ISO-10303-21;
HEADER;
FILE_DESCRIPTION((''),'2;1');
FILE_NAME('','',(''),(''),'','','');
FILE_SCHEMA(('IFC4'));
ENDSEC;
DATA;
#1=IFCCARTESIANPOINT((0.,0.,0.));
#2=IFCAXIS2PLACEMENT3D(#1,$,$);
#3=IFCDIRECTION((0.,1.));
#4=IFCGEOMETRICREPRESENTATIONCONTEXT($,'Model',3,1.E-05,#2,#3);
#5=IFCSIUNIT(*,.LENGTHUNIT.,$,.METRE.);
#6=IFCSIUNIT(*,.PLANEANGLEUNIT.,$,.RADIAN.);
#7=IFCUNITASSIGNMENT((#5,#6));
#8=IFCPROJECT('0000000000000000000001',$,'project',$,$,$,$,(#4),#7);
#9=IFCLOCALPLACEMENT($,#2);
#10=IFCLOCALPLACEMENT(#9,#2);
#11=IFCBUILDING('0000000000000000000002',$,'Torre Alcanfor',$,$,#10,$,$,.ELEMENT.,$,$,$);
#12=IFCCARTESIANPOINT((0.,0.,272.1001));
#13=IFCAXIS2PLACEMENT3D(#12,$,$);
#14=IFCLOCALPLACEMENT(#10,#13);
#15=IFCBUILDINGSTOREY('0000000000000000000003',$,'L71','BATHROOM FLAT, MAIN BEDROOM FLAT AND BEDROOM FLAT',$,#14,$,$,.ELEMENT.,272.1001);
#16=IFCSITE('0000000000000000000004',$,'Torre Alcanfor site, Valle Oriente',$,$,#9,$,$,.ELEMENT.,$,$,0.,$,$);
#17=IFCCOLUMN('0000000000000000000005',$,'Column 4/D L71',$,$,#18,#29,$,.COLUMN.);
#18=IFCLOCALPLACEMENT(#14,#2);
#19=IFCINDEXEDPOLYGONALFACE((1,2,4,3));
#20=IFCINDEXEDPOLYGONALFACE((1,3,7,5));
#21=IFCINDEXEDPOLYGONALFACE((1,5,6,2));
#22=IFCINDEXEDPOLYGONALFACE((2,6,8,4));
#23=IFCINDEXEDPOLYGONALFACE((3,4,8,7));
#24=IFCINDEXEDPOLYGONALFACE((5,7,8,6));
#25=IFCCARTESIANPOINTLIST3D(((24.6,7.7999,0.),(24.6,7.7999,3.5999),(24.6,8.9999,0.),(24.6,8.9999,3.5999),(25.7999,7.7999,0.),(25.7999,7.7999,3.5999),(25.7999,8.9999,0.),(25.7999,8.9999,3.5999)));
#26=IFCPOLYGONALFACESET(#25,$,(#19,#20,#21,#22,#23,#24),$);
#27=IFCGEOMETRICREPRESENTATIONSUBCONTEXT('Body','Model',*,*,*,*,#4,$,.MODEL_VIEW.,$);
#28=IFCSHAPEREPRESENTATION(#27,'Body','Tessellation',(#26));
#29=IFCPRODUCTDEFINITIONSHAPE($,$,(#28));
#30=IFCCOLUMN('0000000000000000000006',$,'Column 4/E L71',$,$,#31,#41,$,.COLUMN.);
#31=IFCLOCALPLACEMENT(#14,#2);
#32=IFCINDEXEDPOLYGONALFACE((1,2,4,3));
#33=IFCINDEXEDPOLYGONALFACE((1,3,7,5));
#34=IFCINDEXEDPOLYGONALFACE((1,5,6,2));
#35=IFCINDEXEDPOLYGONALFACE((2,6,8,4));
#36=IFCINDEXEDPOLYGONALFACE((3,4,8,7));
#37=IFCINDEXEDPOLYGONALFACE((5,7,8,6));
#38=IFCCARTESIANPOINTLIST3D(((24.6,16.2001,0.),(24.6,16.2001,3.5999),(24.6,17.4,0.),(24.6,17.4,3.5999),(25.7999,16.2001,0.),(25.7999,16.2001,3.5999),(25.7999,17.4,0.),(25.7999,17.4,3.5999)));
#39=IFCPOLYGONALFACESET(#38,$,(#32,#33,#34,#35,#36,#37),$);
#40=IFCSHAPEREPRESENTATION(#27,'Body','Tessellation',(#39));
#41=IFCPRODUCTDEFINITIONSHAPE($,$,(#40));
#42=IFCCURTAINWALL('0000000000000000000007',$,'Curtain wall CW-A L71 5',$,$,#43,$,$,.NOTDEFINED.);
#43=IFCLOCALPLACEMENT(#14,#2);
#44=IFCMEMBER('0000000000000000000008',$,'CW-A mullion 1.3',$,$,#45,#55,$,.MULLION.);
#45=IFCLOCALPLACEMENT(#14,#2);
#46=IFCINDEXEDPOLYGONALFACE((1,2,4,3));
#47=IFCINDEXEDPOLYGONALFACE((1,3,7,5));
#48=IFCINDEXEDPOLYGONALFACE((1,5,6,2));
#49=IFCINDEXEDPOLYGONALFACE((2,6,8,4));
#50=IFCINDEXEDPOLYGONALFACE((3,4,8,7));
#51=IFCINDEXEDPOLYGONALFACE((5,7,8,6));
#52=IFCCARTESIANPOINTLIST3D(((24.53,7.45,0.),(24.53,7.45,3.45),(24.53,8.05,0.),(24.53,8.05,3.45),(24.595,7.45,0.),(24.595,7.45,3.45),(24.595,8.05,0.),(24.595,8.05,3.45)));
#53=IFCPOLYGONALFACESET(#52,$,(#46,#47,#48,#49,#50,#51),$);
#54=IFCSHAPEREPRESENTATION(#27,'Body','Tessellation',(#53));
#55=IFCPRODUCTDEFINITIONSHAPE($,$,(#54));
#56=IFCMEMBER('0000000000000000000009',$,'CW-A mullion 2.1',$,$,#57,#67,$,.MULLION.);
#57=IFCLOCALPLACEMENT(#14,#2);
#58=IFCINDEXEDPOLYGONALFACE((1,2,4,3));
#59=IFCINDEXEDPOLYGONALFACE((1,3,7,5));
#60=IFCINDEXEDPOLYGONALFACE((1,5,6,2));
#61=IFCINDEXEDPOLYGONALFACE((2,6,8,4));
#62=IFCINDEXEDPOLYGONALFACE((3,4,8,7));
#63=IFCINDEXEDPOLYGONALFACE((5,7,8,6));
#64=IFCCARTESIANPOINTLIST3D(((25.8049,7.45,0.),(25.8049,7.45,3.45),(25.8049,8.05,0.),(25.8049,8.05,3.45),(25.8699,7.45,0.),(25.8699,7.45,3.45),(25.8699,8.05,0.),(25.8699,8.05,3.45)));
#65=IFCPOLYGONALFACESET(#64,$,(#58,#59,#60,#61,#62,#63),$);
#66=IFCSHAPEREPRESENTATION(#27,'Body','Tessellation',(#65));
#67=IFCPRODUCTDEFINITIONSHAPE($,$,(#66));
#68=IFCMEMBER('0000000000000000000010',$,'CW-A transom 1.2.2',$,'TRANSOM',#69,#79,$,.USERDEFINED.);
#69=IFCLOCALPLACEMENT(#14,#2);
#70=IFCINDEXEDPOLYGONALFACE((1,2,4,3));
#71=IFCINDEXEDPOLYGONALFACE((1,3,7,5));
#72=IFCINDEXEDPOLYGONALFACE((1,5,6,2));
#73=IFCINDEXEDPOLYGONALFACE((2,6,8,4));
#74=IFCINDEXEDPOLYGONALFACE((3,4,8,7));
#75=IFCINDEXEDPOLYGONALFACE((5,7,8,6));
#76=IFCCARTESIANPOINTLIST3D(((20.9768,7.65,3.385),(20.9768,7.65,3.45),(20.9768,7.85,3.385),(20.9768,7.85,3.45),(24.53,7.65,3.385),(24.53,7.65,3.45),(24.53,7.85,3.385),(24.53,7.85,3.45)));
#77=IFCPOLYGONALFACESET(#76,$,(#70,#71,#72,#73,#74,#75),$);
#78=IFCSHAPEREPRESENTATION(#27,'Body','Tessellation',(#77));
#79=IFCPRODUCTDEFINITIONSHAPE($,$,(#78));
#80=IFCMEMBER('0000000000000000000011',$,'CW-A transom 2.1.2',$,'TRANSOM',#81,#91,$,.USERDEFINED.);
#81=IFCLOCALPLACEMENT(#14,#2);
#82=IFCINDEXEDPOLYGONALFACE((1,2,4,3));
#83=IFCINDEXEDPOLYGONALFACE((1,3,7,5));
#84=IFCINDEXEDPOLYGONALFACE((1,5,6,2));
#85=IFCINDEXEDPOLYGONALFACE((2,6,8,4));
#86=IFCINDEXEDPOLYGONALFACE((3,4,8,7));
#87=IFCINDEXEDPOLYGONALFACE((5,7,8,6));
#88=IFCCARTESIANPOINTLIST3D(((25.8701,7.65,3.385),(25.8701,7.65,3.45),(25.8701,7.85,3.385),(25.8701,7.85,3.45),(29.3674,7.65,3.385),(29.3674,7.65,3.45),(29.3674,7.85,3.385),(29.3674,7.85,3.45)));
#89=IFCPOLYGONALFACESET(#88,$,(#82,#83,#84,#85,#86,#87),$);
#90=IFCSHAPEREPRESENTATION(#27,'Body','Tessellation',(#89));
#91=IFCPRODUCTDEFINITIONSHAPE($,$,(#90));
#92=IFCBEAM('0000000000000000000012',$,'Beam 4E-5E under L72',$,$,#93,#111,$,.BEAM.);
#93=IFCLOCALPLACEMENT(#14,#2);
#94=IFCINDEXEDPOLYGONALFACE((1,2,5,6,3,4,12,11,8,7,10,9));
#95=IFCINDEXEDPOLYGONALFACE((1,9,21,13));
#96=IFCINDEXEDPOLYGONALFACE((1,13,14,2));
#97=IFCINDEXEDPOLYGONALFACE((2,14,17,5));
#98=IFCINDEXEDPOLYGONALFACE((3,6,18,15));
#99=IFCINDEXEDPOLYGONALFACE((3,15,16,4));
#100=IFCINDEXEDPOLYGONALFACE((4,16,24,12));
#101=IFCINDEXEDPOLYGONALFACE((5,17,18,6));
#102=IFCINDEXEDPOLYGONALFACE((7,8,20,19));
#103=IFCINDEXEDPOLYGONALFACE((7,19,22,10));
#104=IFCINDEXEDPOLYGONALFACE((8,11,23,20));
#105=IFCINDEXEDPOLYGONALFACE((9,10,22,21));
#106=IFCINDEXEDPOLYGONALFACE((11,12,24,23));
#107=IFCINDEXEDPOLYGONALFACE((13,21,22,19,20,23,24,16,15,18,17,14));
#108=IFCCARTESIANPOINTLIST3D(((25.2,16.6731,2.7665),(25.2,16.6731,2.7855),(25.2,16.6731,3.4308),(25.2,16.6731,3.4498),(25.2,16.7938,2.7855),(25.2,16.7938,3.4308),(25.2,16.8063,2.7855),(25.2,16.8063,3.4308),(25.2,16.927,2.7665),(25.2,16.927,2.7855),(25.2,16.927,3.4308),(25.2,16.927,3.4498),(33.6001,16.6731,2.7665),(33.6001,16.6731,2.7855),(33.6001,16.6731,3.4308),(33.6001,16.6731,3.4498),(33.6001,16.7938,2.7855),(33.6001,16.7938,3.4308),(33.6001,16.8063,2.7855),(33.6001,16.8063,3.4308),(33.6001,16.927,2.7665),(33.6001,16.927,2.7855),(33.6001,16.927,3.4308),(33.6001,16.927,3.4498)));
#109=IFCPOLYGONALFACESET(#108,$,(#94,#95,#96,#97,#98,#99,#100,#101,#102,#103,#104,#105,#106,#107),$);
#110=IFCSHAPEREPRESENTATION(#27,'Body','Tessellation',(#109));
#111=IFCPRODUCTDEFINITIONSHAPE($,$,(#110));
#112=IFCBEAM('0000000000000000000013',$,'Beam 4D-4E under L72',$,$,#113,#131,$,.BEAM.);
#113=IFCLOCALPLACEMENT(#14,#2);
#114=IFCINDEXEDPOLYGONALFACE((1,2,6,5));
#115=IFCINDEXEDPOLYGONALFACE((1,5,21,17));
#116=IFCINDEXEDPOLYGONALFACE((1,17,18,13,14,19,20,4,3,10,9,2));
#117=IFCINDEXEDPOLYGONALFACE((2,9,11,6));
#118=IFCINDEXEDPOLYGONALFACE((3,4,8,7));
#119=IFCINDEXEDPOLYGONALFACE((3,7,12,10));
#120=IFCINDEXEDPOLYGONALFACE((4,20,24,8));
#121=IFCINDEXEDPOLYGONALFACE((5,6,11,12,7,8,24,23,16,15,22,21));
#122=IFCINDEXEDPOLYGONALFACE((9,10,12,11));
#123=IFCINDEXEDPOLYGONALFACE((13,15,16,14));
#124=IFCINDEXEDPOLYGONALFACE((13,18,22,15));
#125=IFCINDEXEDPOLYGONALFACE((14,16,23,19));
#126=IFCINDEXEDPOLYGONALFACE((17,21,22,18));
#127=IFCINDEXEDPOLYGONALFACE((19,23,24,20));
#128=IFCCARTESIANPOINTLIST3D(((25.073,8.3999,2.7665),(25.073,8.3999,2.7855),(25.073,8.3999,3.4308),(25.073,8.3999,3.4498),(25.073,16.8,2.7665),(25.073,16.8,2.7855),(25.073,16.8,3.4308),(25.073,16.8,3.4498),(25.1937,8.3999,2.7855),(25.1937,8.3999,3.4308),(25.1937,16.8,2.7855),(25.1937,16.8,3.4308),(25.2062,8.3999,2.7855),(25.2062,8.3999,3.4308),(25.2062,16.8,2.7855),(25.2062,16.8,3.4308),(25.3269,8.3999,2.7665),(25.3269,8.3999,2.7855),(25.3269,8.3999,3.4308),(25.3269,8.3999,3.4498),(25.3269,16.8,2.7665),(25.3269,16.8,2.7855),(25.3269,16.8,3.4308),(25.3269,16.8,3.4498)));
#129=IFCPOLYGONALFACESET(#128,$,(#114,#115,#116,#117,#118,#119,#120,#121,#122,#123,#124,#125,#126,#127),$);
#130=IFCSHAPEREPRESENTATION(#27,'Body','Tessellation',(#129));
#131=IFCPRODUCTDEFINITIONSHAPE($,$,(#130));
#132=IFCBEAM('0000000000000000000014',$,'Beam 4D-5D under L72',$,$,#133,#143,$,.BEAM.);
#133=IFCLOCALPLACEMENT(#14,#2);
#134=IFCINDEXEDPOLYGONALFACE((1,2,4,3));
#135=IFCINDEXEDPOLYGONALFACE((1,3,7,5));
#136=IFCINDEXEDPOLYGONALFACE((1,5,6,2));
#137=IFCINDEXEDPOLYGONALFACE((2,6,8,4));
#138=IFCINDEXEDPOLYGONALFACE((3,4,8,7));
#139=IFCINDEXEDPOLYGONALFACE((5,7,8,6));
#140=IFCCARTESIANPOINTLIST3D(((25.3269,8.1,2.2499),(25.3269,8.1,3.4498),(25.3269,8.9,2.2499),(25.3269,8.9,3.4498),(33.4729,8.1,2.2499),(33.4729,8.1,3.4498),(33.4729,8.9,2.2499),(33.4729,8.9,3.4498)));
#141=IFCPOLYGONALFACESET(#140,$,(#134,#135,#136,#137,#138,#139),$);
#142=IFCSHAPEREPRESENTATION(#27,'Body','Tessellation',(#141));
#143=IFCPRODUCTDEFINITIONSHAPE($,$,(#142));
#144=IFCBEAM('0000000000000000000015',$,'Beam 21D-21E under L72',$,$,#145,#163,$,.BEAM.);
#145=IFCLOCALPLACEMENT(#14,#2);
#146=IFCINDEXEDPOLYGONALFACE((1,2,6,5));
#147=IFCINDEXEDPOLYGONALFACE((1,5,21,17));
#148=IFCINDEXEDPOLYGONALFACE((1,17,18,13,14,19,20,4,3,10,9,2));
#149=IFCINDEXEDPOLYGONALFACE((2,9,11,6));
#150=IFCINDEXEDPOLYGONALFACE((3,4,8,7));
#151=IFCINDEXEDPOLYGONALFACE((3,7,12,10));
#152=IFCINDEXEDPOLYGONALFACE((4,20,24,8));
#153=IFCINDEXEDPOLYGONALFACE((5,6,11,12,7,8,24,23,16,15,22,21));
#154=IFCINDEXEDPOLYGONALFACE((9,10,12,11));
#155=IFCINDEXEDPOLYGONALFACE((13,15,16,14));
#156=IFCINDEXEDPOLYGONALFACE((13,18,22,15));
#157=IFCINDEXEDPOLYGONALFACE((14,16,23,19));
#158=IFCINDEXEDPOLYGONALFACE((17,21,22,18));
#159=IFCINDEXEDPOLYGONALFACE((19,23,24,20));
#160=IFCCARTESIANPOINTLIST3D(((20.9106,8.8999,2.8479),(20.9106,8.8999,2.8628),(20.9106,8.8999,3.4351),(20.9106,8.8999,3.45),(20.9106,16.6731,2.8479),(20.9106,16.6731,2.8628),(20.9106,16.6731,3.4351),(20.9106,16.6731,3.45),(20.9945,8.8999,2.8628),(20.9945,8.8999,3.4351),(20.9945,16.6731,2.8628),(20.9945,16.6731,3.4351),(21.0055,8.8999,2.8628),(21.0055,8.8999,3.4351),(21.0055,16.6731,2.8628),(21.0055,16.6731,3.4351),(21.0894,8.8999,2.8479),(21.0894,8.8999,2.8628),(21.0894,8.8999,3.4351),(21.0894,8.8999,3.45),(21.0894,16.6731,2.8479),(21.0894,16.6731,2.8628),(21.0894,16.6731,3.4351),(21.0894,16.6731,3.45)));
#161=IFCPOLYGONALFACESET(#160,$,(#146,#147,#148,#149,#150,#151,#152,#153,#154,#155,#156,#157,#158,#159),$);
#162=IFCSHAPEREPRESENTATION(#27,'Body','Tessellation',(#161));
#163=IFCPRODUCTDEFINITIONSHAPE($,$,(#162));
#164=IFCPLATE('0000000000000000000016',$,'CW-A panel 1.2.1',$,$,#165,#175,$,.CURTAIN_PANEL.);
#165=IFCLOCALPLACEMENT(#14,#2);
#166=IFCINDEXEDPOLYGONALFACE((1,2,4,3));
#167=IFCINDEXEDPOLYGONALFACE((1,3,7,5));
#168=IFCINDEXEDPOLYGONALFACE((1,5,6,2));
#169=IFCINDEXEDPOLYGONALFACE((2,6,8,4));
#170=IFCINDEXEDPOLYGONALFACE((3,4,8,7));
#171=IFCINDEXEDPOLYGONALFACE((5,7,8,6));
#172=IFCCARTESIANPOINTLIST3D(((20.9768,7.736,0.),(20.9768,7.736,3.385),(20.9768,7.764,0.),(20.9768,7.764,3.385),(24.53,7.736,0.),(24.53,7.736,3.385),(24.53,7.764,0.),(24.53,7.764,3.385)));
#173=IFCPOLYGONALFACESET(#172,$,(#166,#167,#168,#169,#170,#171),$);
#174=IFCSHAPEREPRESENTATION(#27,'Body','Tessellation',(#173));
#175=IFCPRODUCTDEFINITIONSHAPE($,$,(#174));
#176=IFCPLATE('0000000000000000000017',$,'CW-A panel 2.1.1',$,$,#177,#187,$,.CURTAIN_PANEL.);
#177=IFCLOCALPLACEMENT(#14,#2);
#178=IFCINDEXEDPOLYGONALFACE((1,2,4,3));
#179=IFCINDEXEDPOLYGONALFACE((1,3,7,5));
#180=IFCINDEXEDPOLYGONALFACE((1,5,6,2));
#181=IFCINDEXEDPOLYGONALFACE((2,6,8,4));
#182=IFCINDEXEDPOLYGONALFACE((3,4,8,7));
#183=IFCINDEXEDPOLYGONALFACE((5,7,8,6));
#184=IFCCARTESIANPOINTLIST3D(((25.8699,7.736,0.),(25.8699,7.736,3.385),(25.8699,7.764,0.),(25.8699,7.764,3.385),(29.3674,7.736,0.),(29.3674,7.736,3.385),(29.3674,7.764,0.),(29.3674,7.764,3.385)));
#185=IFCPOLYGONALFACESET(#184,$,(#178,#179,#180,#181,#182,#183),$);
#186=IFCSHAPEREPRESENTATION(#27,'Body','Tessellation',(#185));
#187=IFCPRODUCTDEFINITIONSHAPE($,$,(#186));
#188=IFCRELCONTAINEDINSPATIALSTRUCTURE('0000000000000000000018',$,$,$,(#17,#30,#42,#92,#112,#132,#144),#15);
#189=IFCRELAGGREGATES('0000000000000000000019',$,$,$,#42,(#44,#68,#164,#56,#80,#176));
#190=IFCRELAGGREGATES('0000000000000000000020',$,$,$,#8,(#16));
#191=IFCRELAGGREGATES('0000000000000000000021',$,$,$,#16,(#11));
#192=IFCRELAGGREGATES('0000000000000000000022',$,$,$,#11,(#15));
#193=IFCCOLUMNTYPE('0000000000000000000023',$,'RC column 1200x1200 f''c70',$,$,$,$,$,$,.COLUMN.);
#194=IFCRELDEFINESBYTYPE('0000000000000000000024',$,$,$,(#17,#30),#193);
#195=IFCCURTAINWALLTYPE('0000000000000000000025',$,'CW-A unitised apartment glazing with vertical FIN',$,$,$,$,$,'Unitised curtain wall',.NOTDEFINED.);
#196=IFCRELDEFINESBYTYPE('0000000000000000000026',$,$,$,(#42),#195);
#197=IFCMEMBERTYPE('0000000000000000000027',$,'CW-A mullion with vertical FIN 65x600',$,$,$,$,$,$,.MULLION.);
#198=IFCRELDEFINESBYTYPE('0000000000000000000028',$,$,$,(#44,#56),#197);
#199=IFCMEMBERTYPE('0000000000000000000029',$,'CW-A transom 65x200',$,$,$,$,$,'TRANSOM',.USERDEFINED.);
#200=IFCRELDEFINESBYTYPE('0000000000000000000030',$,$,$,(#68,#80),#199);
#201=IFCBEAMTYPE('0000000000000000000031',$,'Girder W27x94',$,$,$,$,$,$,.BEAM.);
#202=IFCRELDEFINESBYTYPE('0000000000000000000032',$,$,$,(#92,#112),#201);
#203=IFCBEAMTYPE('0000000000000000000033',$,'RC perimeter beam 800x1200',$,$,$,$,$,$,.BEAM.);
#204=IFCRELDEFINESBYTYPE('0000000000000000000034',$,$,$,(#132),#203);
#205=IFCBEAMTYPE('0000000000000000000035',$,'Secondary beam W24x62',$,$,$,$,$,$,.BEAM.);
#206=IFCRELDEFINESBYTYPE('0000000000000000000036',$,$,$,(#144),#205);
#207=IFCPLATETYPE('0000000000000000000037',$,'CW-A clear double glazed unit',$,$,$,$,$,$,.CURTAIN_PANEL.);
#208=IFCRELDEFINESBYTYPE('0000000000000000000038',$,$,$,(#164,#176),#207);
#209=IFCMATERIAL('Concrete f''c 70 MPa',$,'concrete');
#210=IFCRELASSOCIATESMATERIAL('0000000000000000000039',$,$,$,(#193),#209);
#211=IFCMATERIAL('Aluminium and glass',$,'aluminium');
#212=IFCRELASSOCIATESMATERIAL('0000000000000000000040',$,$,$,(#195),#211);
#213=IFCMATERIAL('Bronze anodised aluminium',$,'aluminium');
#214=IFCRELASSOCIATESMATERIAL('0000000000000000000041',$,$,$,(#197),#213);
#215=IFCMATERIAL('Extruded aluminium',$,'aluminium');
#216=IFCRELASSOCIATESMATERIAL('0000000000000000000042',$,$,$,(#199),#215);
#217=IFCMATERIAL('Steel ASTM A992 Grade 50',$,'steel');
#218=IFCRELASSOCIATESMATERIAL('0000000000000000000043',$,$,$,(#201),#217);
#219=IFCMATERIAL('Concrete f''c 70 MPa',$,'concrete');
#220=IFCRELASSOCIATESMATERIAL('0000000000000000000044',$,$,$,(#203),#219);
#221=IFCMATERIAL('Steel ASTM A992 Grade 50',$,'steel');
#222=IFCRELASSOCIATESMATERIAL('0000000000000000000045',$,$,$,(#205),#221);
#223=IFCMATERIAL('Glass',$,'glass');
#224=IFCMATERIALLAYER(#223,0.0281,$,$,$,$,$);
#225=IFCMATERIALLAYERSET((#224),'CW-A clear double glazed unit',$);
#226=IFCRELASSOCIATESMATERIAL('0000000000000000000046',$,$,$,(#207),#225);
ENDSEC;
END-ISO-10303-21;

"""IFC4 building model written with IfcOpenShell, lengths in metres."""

from ifc_helpers import new_model, si_unit, direction, frame, origin, origin_2d, place, context, subcontext, project, spatial, rectangle, i_section, extrude, material, layer, layer_set, material_profile, profile_set, type_object, element, aggregate, save


model = new_model("IFC4")

# Units and contexts
model_context = context("Model", 3, precision=1e-05, world=origin(), true_north=direction((0.0, 1.0)))
body_context = subcontext(model_context, "Body", "Model", "MODEL_VIEW")
ifc_project = project(units=[si_unit("LENGTHUNIT", "METRE"), si_unit("PLANEANGLEUNIT", "RADIAN")], contexts=[model_context])

# Site, building, storey
site_placement = place(None, origin())
site = spatial("IfcSite", under=ifc_project, at=site_placement, Name="Torre Alcanfor site, Valle Oriente", CompositionType="ELEMENT", RefElevation=0.0)
building_placement = place(site_placement, origin())
building = spatial("IfcBuilding", under=site, at=building_placement, Name="Torre Alcanfor", CompositionType="ELEMENT")
storey_placement = place(building_placement, frame((0.0, 0.0, 272.1001)))
storey = spatial("IfcBuildingStorey", under=building, at=storey_placement, Name="L71", Description="BATHROOM FLAT, MAIN BEDROOM FLAT AND BEDROOM FLAT", CompositionType="ELEMENT", Elevation=272.1001)

# Columns
ifc_material_1 = material(Name="Concrete f'c 70 MPa", Category="concrete")
ifc_material_profile_1 = material_profile(ifc_material_1, rectangle(XDim=1.2, YDim=1.2, at=origin_2d()), Name="1200x1200")
ifc_profile_set_1 = profile_set([ifc_material_profile_1], Name="Concrete f'c 70 MPa")
column_type = type_object("IfcColumnType", Name="RC column 1200x1200 f'c70", PredefinedType="COLUMN", material=ifc_profile_set_1)
for number, where, z_axis, x_axis, name in (
    (1, (25.2, 8.3999, 0.0), (0.0, 0.0, 1.0), (1.0, 0.0, 0.0), "Column 4/D L71"),
    (2, (25.2, 16.8, 0.0), (0.0, 0.0, 1.0), (1.0, 0.0, 0.0), "Column 4/E L71"),
):
    element("IfcColumn", number, at=place(storey_placement, frame(where, z_axis=z_axis, x_axis=x_axis)), inside=storey, type_object=column_type, Name=name, PredefinedType="COLUMN", context=body_context, shape_type="SweptSolid", body=[
        extrude(rectangle(XDim=1.2, YDim=1.2, at=origin_2d()), origin(), (0.0, 0.0, 1.0), 3.5999),
    ])

# Curtain wall, members
ifc_material_2 = material(Name="Aluminium and glass", Category="aluminium")
curtain_wall_type = type_object("IfcCurtainWallType", Name="CW-A unitised apartment glazing with vertical FIN", ElementType="Unitised curtain wall", PredefinedType="NOTDEFINED", material=ifc_material_2)
curtain_wall_placement = place(storey_placement, origin())
curtain_wall = element("IfcCurtainWall", 3, at=curtain_wall_placement, inside=storey, type_object=curtain_wall_type, Name="Curtain wall CW-A L71 5", PredefinedType="NOTDEFINED")
ifc_material_3 = material(Name="Bronze anodised aluminium", Category="aluminium")
ifc_material_profile_2 = material_profile(ifc_material_3, rectangle(XDim=0.6001, YDim=0.0649, at=origin_2d()), Name="CW-A mullion 65x600")
ifc_profile_set_2 = profile_set([ifc_material_profile_2], Name="Bronze anodised aluminium")
member_type_1 = type_object("IfcMemberType", Name="CW-A mullion with vertical FIN 65x600", PredefinedType="MULLION", material=ifc_profile_set_2)
member_1_placement = place(storey_placement, frame((24.5625, 7.75, 0.0), z_axis=(0.0, 0.0, 1.0), x_axis=(0.0, 1.0, 0.0)))
member_1 = element("IfcMember", 4, at=member_1_placement, type_object=member_type_1, Name="CW-A mullion 1.3", PredefinedType="MULLION", context=body_context, shape_type="SweptSolid", body=[
    extrude(rectangle(XDim=0.6001, YDim=0.0649, at=origin_2d()), origin(), (0.0, 0.0, 1.0), 3.45),
])
member_2_placement = place(storey_placement, frame((25.8374, 7.75, 0.0), z_axis=(0.0, 0.0, 1.0), x_axis=(0.0, 1.0, 0.0)))
member_2 = element("IfcMember", 5, at=member_2_placement, type_object=member_type_1, Name="CW-A mullion 2.1", PredefinedType="MULLION", context=body_context, shape_type="SweptSolid", body=[
    extrude(rectangle(XDim=0.6001, YDim=0.0649, at=origin_2d()), origin(), (0.0, 0.0, 1.0), 3.45),
])
ifc_material_4 = material(Name="Extruded aluminium", Category="aluminium")
ifc_material_profile_3 = material_profile(ifc_material_4, rectangle(XDim=0.2, YDim=0.0649, at=origin_2d()), Name="CW-A transom 200x65")
ifc_profile_set_3 = profile_set([ifc_material_profile_3], Name="Extruded aluminium")
member_type_2 = type_object("IfcMemberType", Name="CW-A transom 65x200", ElementType="TRANSOM", PredefinedType="USERDEFINED", material=ifc_profile_set_3)
member_3_placement = place(storey_placement, frame((20.9768, 7.75, 3.4175), z_axis=(1.0, 0.0, 0.0), x_axis=(0.0, 1.0, 0.0)))
member_3 = element("IfcMember", 6, at=member_3_placement, type_object=member_type_2, Name="CW-A transom 1.2.2", ObjectType="TRANSOM", PredefinedType="USERDEFINED", context=body_context, shape_type="SweptSolid", body=[
    extrude(rectangle(XDim=0.2, YDim=0.0649, at=origin_2d()), origin(), (0.0, 0.0, 1.0), 3.5532),
])
member_4_placement = place(storey_placement, frame((25.8701, 7.75, 3.4175), z_axis=(1.0, 0.0, 0.0), x_axis=(0.0, 1.0, 0.0)))
member_4 = element("IfcMember", 7, at=member_4_placement, type_object=member_type_2, Name="CW-A transom 2.1.2", ObjectType="TRANSOM", PredefinedType="USERDEFINED", context=body_context, shape_type="SweptSolid", body=[
    extrude(rectangle(XDim=0.2, YDim=0.0649, at=origin_2d()), origin(), (0.0, 0.0, 1.0), 3.4973),
])

# Beams
ifc_material_5 = material(Name="Steel ASTM A992 Grade 50", Category="steel")
ifc_material_profile_4 = material_profile(ifc_material_5, i_section(OverallWidth=0.2539, OverallDepth=0.6833, WebThickness=0.0125, FlangeThickness=0.019, at=origin_2d()), Name="W27x94")
ifc_profile_set_4 = profile_set([ifc_material_profile_4], Name="Steel ASTM A992 Grade 50")
beam_type_1 = type_object("IfcBeamType", Name="Girder W27x94", PredefinedType="BEAM", material=ifc_profile_set_4)
for number, where, z_axis, x_axis, name in (
    (8, (25.2, 16.8, 3.1082), (1.0, 0.0, 0.0), (0.0, 1.0, 0.0), "Beam 4E-5E under L72"),
    (9, (25.2, 8.3999, 3.1082), (0.0, 1.0, 0.0), (-1.0, 0.0, 0.0), "Beam 4D-4E under L72"),
):
    element("IfcBeam", number, at=place(storey_placement, frame(where, z_axis=z_axis, x_axis=x_axis)), inside=storey, type_object=beam_type_1, Name=name, PredefinedType="BEAM", context=body_context, shape_type="SweptSolid", body=[
        extrude(i_section(OverallWidth=0.2539, OverallDepth=0.6833, WebThickness=0.0125, FlangeThickness=0.019, at=origin_2d()), origin(), (0.0, 0.0, 1.0), 8.4001),
    ])
ifc_material_6 = material(Name="Concrete f'c 70 MPa", Category="concrete")
ifc_material_profile_5 = material_profile(ifc_material_6, rectangle(XDim=0.8, YDim=1.2, at=origin_2d()), Name="800x1200")
ifc_profile_set_5 = profile_set([ifc_material_profile_5], Name="Concrete f'c 70 MPa")
beam_type_2 = type_object("IfcBeamType", Name="RC perimeter beam 800x1200", PredefinedType="BEAM", material=ifc_profile_set_5)
beam_1_placement = place(storey_placement, frame((25.3269, 8.5, 2.8499), z_axis=(1.0, 0.0, 0.0), x_axis=(0.0, 1.0, 0.0)))
element("IfcBeam", 10, at=beam_1_placement, inside=storey, type_object=beam_type_2, Name="Beam 4D-5D under L72", PredefinedType="BEAM", context=body_context, shape_type="SweptSolid", body=[
    extrude(rectangle(XDim=0.8, YDim=1.2, at=origin_2d()), origin(), (0.0, 0.0, 1.0), 8.146),
])
ifc_material_7 = material(Name="Steel ASTM A992 Grade 50", Category="steel")
ifc_material_profile_6 = material_profile(ifc_material_7, i_section(OverallWidth=0.1787, OverallDepth=0.6021, WebThickness=0.011, FlangeThickness=0.0149, at=origin_2d()), Name="W24x62")
ifc_profile_set_6 = profile_set([ifc_material_profile_6], Name="Steel ASTM A992 Grade 50")
beam_type_3 = type_object("IfcBeamType", Name="Secondary beam W24x62", PredefinedType="BEAM", material=ifc_profile_set_6)
beam_2_placement = place(storey_placement, frame((21.0, 8.8999, 3.1489), z_axis=(0.0, 1.0, 0.0), x_axis=(-1.0, 0.0, 0.0)))
element("IfcBeam", 11, at=beam_2_placement, inside=storey, type_object=beam_type_3, Name="Beam 21D-21E under L72", PredefinedType="BEAM", context=body_context, shape_type="SweptSolid", body=[
    extrude(i_section(OverallWidth=0.1787, OverallDepth=0.6021, WebThickness=0.011, FlangeThickness=0.0149, at=origin_2d()), origin(), (0.0, 0.0, 1.0), 7.7732),
])

# Plates
ifc_material_8 = material(Name="Glass", Category="glass")
ifc_layer_1 = layer(ifc_material_8, 0.0281)
ifc_layer_set_1 = layer_set([ifc_layer_1], Name="CW-A clear double glazed unit")
plate_type = type_object("IfcPlateType", Name="CW-A clear double glazed unit", PredefinedType="CURTAIN_PANEL", material=ifc_layer_set_1)
plate_1_placement = place(storey_placement, frame((22.7534, 7.75, 0.0), z_axis=(0.0, 0.0, 1.0), x_axis=(1.0, 0.0, 0.0)))
plate_1 = element("IfcPlate", 12, at=plate_1_placement, type_object=plate_type, Name="CW-A panel 1.2.1", PredefinedType="CURTAIN_PANEL", context=body_context, shape_type="SweptSolid", body=[
    extrude(rectangle(XDim=3.5532, YDim=0.0281, at=origin_2d()), origin(), (0.0, 0.0, 1.0), 3.385),
])
plate_2_placement = place(storey_placement, frame((27.6187, 7.75, 0.0), z_axis=(0.0, 0.0, 1.0), x_axis=(1.0, 0.0, 0.0)))
plate_2 = element("IfcPlate", 13, at=plate_2_placement, type_object=plate_type, Name="CW-A panel 2.1.1", PredefinedType="CURTAIN_PANEL", context=body_context, shape_type="SweptSolid", body=[
    extrude(rectangle(XDim=3.4976, YDim=0.0281, at=origin_2d()), origin(), (0.0, 0.0, 1.0), 3.385),
])
aggregate(curtain_wall, [member_1, member_3, plate_1, member_2, member_4, plate_2])

save(model, "model.ifc")
